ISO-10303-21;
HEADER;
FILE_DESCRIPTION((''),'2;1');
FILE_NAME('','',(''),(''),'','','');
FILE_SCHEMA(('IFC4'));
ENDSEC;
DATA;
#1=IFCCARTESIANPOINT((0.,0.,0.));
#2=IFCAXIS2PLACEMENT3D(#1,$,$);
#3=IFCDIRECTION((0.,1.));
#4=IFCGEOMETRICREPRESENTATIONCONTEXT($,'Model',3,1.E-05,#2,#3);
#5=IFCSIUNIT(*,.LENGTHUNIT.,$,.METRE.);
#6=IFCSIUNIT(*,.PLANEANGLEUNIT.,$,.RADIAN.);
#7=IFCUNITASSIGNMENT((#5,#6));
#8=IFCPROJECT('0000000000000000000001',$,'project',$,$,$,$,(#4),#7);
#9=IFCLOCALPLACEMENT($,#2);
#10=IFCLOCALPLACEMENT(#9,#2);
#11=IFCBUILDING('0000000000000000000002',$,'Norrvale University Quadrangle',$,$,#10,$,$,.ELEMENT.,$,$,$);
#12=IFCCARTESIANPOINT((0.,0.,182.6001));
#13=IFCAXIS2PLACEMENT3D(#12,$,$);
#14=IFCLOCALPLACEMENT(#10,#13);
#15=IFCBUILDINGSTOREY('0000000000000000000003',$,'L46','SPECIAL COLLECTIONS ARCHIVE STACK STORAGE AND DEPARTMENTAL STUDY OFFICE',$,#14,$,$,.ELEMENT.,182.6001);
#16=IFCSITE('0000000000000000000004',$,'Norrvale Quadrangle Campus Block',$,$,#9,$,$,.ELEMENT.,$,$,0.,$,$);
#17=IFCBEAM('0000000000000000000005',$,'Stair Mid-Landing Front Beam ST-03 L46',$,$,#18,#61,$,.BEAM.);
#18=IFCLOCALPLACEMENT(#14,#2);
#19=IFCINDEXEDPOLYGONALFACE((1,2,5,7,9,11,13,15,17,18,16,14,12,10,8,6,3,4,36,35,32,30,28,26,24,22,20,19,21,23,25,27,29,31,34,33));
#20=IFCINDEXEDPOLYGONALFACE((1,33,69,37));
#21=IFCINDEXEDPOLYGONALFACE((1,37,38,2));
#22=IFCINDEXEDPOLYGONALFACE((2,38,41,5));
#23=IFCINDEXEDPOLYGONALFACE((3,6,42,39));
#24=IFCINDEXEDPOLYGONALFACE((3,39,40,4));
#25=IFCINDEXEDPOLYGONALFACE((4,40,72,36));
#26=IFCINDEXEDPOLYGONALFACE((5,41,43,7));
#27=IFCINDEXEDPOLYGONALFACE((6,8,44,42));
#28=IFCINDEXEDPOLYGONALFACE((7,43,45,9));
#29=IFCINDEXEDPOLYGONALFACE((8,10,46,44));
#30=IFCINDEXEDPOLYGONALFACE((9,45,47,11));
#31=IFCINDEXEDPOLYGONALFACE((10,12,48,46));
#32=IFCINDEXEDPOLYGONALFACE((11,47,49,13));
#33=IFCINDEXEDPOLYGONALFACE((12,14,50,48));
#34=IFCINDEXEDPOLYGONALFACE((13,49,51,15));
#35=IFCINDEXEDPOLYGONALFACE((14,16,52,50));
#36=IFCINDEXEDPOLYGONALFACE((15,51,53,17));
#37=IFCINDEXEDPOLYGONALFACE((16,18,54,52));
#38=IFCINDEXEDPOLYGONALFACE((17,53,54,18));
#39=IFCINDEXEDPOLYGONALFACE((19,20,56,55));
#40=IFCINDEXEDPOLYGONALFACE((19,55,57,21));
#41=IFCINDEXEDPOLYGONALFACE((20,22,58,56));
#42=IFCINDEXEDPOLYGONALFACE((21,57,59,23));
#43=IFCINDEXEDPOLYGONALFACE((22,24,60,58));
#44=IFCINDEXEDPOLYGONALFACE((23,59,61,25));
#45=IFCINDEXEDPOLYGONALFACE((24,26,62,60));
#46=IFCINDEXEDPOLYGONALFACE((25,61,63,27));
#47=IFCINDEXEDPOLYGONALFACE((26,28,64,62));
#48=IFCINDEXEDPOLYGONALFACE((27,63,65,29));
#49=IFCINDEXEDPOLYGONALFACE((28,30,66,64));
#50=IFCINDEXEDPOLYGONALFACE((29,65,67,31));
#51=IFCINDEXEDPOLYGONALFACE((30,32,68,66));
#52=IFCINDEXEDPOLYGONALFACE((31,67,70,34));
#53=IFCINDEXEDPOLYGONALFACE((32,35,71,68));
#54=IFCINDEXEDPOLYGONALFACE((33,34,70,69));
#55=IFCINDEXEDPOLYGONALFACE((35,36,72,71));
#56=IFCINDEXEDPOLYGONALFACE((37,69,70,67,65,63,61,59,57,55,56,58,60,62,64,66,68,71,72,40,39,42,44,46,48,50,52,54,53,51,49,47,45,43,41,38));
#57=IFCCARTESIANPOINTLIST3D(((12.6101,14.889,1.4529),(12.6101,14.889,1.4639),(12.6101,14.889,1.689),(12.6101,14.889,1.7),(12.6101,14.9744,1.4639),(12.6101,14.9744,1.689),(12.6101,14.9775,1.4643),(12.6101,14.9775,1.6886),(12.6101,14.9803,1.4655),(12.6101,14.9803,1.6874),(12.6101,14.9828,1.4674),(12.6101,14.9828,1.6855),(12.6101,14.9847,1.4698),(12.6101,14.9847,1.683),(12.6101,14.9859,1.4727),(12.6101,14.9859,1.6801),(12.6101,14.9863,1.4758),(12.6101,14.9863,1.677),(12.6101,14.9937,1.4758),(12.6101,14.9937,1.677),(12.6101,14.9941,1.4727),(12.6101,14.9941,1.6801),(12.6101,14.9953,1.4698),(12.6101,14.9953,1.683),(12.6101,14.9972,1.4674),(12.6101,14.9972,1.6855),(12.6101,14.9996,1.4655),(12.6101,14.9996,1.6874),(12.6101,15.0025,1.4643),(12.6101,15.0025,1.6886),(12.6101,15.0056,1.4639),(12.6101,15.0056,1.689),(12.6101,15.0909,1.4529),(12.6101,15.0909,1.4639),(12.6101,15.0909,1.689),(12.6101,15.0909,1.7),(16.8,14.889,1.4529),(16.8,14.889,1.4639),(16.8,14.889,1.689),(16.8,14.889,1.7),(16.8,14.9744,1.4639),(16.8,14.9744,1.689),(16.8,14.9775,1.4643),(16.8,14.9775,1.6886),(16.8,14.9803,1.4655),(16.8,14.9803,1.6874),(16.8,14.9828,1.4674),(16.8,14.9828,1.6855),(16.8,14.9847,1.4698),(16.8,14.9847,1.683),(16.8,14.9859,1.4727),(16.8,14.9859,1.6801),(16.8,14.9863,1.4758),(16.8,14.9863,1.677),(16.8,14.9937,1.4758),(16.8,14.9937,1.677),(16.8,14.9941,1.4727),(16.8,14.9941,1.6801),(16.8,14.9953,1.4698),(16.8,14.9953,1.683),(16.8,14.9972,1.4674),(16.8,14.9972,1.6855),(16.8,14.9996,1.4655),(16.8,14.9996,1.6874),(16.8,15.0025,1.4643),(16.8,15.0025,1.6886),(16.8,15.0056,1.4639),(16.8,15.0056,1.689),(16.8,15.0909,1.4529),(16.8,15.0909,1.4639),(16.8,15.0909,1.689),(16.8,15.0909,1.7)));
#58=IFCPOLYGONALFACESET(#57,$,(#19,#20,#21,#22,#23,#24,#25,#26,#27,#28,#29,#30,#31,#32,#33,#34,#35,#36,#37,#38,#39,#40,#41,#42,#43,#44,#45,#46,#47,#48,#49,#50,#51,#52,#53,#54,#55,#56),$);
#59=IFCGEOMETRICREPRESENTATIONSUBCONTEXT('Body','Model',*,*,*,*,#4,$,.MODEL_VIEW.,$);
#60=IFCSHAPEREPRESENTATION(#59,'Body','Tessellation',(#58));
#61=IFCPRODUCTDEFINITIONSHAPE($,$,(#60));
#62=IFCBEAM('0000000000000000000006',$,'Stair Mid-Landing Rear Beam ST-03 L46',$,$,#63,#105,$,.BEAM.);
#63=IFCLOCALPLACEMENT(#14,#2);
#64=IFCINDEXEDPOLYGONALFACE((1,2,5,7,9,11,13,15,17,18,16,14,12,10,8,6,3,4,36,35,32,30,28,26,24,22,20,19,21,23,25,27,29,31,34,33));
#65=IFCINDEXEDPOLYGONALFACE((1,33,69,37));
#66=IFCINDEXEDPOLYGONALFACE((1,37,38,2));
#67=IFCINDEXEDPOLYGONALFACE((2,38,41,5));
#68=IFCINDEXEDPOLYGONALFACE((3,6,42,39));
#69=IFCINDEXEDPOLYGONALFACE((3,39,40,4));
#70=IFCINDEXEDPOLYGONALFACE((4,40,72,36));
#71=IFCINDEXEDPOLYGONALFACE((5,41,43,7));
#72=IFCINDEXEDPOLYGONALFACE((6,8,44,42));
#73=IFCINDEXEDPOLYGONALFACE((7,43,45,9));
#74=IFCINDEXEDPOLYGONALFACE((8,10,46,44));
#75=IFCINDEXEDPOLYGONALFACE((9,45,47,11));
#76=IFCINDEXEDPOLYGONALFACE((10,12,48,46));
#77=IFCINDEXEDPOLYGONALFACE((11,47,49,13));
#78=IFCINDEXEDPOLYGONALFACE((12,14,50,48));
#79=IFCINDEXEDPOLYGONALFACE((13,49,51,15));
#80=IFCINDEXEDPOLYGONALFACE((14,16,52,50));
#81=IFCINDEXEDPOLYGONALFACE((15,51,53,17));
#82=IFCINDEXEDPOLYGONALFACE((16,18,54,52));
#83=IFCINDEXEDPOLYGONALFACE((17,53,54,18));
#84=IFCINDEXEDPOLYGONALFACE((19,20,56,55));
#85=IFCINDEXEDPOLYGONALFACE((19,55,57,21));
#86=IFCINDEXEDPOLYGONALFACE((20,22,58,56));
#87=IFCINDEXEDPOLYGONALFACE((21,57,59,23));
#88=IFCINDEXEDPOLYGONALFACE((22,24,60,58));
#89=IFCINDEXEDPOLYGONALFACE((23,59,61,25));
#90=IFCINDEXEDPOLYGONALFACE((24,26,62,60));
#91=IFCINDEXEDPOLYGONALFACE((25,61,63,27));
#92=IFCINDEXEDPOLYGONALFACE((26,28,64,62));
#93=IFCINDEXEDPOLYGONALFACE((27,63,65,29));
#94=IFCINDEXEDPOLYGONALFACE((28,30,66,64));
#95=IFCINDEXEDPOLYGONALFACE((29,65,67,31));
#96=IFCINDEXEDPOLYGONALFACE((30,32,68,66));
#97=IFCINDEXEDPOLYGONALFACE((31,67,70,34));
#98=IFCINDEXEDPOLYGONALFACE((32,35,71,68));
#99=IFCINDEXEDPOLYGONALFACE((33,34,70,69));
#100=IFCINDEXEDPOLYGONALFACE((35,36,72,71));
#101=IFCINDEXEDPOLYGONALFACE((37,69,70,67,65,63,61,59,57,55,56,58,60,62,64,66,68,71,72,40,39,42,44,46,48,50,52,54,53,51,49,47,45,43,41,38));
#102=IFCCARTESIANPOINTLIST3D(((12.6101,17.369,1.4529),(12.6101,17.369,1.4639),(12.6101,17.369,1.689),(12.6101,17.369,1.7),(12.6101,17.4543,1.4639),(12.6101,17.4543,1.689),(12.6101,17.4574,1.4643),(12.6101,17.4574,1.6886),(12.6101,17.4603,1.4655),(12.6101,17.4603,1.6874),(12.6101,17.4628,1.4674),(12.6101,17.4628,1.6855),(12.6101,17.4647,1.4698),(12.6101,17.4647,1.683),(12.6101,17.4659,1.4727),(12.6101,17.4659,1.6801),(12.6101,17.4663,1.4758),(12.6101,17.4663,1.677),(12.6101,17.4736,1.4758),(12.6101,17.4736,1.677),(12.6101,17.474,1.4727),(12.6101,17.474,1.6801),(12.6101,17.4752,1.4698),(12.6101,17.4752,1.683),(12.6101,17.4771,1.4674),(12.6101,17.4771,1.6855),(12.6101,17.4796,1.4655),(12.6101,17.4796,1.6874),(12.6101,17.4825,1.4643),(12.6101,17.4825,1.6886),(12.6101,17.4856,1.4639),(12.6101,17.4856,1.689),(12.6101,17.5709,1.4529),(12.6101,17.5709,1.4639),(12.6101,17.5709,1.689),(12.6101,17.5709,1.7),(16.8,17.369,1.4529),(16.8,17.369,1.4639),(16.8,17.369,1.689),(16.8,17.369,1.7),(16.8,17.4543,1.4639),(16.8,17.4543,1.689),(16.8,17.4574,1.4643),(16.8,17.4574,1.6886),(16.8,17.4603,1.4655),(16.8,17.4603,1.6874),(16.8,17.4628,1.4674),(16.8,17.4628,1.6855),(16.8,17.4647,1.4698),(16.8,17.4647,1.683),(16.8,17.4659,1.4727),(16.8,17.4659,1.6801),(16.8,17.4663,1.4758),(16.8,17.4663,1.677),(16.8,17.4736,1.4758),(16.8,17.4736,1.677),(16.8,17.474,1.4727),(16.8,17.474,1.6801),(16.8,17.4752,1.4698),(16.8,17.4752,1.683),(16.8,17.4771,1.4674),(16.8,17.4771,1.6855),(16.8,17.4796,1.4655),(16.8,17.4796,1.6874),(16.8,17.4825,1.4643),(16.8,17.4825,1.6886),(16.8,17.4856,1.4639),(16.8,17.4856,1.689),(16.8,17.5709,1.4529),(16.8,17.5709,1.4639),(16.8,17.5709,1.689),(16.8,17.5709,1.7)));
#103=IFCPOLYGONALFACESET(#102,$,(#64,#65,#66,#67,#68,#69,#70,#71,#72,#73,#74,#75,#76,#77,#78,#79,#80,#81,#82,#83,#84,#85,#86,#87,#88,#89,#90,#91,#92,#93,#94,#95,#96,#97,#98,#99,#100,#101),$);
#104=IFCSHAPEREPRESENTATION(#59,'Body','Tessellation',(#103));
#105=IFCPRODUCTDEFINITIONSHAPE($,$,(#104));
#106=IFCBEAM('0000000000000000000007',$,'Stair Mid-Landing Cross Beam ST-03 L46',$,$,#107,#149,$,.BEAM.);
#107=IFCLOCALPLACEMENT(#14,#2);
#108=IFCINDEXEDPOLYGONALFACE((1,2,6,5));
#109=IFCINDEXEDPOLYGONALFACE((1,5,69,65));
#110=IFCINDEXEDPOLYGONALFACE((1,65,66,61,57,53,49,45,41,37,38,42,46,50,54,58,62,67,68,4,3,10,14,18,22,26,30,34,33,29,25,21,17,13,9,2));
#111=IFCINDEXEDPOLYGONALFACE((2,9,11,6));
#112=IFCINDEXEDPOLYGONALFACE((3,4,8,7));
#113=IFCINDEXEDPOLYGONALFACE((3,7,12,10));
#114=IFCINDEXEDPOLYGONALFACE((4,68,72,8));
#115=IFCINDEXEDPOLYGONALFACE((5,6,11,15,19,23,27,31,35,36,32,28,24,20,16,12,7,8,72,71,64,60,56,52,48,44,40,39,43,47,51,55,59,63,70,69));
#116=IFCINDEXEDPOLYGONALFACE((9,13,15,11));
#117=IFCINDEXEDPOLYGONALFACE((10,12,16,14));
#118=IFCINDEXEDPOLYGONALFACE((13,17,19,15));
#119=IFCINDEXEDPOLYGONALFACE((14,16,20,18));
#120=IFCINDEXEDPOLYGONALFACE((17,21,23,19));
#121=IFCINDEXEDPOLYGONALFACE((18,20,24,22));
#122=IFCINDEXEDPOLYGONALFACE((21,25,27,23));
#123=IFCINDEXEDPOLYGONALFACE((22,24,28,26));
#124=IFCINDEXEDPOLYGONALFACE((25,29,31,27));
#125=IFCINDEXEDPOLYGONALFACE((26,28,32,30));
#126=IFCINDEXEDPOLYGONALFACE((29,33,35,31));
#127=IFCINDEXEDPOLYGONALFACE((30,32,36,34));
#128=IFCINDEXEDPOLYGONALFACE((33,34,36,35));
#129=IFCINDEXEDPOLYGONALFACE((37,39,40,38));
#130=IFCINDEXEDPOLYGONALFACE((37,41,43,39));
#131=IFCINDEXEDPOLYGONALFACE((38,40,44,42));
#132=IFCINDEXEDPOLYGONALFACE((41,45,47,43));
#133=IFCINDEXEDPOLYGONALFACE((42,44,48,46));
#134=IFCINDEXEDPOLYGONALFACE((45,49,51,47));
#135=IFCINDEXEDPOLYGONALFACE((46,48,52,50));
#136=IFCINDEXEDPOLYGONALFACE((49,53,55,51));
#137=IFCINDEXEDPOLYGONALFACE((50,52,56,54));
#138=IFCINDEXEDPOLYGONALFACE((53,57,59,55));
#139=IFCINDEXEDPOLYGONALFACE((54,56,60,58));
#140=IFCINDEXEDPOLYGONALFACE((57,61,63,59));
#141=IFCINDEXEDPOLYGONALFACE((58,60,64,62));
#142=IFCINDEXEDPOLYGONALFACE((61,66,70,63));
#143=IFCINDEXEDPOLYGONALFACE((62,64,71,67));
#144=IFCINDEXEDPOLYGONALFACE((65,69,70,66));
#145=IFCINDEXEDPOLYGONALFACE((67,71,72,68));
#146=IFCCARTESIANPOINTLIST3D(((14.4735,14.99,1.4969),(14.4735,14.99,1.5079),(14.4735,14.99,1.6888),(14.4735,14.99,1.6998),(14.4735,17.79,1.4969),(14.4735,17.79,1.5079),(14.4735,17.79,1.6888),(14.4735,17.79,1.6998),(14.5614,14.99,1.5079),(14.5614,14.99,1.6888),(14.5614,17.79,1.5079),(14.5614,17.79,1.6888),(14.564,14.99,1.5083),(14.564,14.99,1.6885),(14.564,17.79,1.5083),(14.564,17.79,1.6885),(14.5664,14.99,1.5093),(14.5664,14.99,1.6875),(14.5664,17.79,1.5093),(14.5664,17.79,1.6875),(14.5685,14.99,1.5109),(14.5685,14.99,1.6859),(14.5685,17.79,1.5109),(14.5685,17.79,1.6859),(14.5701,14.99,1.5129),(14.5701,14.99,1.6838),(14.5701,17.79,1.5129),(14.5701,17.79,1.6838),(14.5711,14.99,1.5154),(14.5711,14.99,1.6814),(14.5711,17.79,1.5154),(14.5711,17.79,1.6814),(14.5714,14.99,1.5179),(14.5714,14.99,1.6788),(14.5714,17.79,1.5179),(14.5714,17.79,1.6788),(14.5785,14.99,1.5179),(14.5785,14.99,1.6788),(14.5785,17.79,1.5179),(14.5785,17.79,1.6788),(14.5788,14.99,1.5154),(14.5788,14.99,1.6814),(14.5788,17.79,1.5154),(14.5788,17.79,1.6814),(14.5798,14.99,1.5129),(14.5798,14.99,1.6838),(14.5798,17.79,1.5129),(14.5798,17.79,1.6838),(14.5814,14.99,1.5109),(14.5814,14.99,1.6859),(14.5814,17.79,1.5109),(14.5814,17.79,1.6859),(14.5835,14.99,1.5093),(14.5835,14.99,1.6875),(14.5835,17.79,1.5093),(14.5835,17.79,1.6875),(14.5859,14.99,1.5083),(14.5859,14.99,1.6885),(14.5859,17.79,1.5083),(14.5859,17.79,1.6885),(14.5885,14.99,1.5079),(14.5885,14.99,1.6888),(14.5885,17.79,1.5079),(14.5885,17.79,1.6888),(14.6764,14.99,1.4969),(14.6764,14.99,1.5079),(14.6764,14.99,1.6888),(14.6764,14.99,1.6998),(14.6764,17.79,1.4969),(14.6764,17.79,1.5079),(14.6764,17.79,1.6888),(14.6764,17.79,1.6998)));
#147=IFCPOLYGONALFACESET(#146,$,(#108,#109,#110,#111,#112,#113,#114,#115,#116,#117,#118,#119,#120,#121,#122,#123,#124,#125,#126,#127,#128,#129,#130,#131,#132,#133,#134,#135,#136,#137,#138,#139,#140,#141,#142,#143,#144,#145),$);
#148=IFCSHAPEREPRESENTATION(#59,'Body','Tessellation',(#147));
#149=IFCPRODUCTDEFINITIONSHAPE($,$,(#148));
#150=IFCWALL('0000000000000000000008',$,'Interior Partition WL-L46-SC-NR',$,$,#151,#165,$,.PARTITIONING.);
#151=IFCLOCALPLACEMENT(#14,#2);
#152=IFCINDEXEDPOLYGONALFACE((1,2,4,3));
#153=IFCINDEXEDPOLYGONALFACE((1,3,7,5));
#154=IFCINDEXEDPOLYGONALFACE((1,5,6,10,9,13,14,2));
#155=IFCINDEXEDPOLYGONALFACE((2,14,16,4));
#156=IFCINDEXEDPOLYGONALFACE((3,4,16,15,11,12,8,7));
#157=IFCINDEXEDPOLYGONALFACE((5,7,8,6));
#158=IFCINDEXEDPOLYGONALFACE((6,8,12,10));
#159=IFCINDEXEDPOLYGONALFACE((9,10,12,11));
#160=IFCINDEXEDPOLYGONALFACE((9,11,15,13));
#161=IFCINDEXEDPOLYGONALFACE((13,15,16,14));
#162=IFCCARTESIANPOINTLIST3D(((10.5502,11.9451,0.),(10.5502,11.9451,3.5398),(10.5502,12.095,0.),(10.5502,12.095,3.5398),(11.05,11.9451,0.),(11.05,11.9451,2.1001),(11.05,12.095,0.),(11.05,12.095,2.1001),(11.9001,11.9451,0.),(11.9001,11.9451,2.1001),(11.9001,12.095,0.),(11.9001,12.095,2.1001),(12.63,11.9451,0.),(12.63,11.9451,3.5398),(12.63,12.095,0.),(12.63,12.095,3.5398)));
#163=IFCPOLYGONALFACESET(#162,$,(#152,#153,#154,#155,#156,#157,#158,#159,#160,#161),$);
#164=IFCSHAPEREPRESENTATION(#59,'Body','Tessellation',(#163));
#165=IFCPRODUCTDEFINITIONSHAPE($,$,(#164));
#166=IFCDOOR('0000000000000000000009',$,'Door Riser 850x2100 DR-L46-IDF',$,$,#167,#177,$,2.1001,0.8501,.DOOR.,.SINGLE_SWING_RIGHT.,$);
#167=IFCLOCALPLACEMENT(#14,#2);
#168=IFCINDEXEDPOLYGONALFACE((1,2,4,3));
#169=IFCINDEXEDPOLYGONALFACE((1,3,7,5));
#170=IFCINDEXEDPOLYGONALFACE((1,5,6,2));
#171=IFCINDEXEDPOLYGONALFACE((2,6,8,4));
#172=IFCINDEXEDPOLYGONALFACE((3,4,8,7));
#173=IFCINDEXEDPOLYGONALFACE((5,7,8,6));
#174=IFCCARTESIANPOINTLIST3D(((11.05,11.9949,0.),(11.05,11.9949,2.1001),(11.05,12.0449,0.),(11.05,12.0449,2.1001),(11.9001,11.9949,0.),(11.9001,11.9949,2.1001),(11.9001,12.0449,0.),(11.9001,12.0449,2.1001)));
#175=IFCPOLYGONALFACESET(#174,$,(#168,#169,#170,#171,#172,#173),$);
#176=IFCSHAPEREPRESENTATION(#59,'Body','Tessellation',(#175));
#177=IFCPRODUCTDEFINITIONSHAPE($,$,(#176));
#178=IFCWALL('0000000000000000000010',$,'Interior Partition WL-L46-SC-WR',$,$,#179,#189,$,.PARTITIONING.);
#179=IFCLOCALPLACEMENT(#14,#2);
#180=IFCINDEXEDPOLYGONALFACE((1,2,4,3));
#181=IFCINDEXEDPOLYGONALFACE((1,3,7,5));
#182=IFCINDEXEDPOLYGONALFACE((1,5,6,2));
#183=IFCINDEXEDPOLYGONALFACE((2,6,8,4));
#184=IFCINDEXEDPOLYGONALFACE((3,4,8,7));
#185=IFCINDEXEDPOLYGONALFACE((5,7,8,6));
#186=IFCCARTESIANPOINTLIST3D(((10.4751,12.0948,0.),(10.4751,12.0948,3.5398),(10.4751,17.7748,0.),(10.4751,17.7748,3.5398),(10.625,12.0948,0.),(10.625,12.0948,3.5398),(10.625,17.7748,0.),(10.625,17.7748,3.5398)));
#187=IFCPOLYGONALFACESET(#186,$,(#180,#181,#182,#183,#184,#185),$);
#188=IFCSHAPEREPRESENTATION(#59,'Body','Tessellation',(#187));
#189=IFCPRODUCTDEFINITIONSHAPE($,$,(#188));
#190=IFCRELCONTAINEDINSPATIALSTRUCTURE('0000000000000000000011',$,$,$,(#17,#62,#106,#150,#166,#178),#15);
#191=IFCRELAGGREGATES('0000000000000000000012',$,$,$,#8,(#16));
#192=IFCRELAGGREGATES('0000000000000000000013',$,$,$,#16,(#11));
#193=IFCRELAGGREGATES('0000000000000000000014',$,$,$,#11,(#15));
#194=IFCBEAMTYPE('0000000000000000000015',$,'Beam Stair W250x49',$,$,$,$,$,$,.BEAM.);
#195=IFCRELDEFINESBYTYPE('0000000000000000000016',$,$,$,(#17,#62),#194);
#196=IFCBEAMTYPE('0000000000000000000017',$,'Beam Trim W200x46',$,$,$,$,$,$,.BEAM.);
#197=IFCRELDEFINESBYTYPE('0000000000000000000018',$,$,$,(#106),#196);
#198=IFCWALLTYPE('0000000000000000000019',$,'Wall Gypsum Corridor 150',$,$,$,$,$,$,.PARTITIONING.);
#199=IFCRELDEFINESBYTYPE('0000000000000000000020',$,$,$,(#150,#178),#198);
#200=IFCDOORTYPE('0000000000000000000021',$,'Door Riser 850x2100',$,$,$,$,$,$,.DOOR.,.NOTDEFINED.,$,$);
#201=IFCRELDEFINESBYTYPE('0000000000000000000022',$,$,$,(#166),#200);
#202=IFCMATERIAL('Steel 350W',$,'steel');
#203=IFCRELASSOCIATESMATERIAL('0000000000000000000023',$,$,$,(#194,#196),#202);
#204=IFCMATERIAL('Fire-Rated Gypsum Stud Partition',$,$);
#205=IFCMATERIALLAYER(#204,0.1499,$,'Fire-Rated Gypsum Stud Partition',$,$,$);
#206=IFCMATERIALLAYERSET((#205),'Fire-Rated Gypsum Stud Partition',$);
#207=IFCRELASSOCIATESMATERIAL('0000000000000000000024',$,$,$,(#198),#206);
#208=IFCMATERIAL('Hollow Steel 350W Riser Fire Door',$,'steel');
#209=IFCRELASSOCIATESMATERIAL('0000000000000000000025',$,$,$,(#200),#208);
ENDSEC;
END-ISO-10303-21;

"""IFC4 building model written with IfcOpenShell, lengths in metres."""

from ifc_helpers import new_model, si_unit, direction, frame, frame_2d, origin, origin_2d, place, context, subcontext, project, spatial, rectangle, i_section, extrude, material, layer, layer_set, material_profile, profile_set, type_object, element, fill, save


model = new_model("IFC4")

# Units and contexts
model_context = context("Model", 3, precision=1e-05, world=origin(), true_north=direction((0.0, 1.0)))
body_context = subcontext(model_context, "Body", "Model", "MODEL_VIEW")
ifc_project = project(units=[si_unit("LENGTHUNIT", "METRE"), si_unit("PLANEANGLEUNIT", "RADIAN")], contexts=[model_context])

# Site, building, storey
site_placement = place(None, origin())
site = spatial("IfcSite", under=ifc_project, at=site_placement, Name="Norrvale Quadrangle Campus Block", CompositionType="ELEMENT", RefElevation=0.0)
building_placement = place(site_placement, origin())
building = spatial("IfcBuilding", under=site, at=building_placement, Name="Norrvale University Quadrangle", CompositionType="ELEMENT")
storey_placement = place(building_placement, frame((0.0, 0.0, 182.6001)))
storey = spatial("IfcBuildingStorey", under=building, at=storey_placement, Name="L46", Description="SPECIAL COLLECTIONS ARCHIVE STACK STORAGE AND DEPARTMENTAL STUDY OFFICE", CompositionType="ELEMENT", Elevation=182.6001)

# Beams
ifc_material_1 = material(Name="Steel 350W", Category="steel")
ifc_material_profile_1 = material_profile(ifc_material_1, i_section(OverallWidth=0.2019, OverallDepth=0.2471, WebThickness=0.0073, FlangeThickness=0.011, FilletRadius=0.012, at=origin_2d()), Name="Steel 350W")
ifc_profile_set_1 = profile_set([ifc_material_profile_1], Name="Steel 350W")
beam_type_1 = type_object("IfcBeamType", Name="Beam Stair W250x49", PredefinedType="BEAM", material=ifc_profile_set_1)
for number, where, z_axis, x_axis, name in (
    (1, (12.6101, 14.99, 1.5764), (1.0, 0.0, 0.0), (0.0, 1.0, 0.0), "Stair Mid-Landing Front Beam ST-03 L46"),
    (2, (12.6101, 17.47, 1.5764), (1.0, 0.0, 0.0), (0.0, 1.0, 0.0), "Stair Mid-Landing Rear Beam ST-03 L46"),
):
    element("IfcBeam", number, at=place(storey_placement, frame(where, z_axis=z_axis, x_axis=x_axis)), inside=storey, type_object=beam_type_1, Name=name, PredefinedType="BEAM", context=body_context, shape_type="SweptSolid", body=[
        extrude(i_section(OverallWidth=0.2019, OverallDepth=0.2471, WebThickness=0.0073, FlangeThickness=0.011, FilletRadius=0.012, at=origin_2d()), origin(), (0.0, 0.0, 1.0), 4.1899),
    ])
ifc_material_profile_2 = material_profile(ifc_material_1, i_section(OverallWidth=0.2029, OverallDepth=0.2029, WebThickness=0.0071, FlangeThickness=0.011, FilletRadius=0.01, at=origin_2d()), Name="Steel 350W")
ifc_profile_set_2 = profile_set([ifc_material_profile_2], Name="Steel 350W")
beam_type_2 = type_object("IfcBeamType", Name="Beam Trim W200x46", PredefinedType="BEAM", material=ifc_profile_set_2)
beam_placement = place(storey_placement, frame((14.575, 14.99, 1.5984), z_axis=(0.0, 1.0, 0.0), x_axis=(-1.0, 0.0, 0.0)))
element("IfcBeam", 3, at=beam_placement, inside=storey, type_object=beam_type_2, Name="Stair Mid-Landing Cross Beam ST-03 L46", PredefinedType="BEAM", context=body_context, shape_type="SweptSolid", body=[
    extrude(i_section(OverallWidth=0.2029, OverallDepth=0.2029, WebThickness=0.0071, FlangeThickness=0.011, FilletRadius=0.01, at=origin_2d()), origin(), (0.0, 0.0, 1.0), 2.8),
])

# Wall, opening, door
ifc_material_2 = material(Name="Fire-Rated Gypsum Stud Partition")
ifc_layer_1 = layer(ifc_material_2, 0.1499, Name="Fire-Rated Gypsum Stud Partition")
ifc_layer_set_1 = layer_set([ifc_layer_1], Name="Fire-Rated Gypsum Stud Partition")
wall_type_1 = type_object("IfcWallType", Name="Wall Gypsum Corridor 150", PredefinedType="PARTITIONING", material=ifc_layer_set_1)
wall_1_placement = place(storey_placement, frame((10.55, 12.02, 0.0), z_axis=(0.0, 0.0, 1.0), x_axis=(1.0, 0.0, 0.0)))
wall_1 = element("IfcWall", 4, at=wall_1_placement, inside=storey, type_object=wall_type_1, Name="Interior Partition WL-L46-SC-NR", PredefinedType="PARTITIONING", context=body_context, shape_type="SweptSolid", body=[
    extrude(rectangle(XDim=2.0798, YDim=0.1499, at=frame_2d((1.04, 0.0))), origin(), (0.0, 0.0, 1.0), 3.5398),
])
opening_1_placement = place(wall_1_placement, frame((0.5, 0.0, 0.0)))
opening_1 = element("IfcOpeningElement", 5, at=opening_1_placement, cuts=wall_1, PredefinedType="OPENING", context=body_context, shape_type="SweptSolid", body=[
    extrude(rectangle(XDim=0.8501, YDim=2.1001, at=frame_2d((0.425, 1.05))), frame((0.0, 0.0869, 0.0), z_axis=(0.0, -1.0, 0.0), x_axis=(1.0, 0.0, 0.0)), (0.0, 0.0, 1.0), 0.1738),
])
ifc_material_3 = material(Name="Hollow Steel 350W Riser Fire Door", Category="steel")
door_type_1 = type_object("IfcDoorType", Name="Door Riser 850x2100", OperationType="NOTDEFINED", PredefinedType="DOOR", material=ifc_material_3)
door_1_placement = place(opening_1_placement, origin())
door_1 = element("IfcDoor", 6, at=door_1_placement, inside=storey, type_object=door_type_1, Name="Door Riser 850x2100 DR-L46-IDF", OperationType="SINGLE_SWING_RIGHT", OverallHeight=2.1001, OverallWidth=0.8501, PredefinedType="DOOR", context=body_context, shape_type="SweptSolid", body=[
    extrude(rectangle(XDim=0.8501, YDim=2.1001, at=frame_2d((0.425, 1.05))), frame((0.0, 0.0249, 0.0), z_axis=(0.0, -1.0, 0.0), x_axis=(1.0, 0.0, 0.0)), (0.0, 0.0, 1.0), 0.05),
])
fill(opening_1, door_1)

# Wall
wall_2_placement = place(storey_placement, frame((10.55, 12.095, 0.0), z_axis=(0.0, 0.0, 1.0), x_axis=(0.0, 1.0, 0.0)))
element("IfcWall", 7, at=wall_2_placement, inside=storey, type_object=wall_type_1, Name="Interior Partition WL-L46-SC-WR", PredefinedType="PARTITIONING", context=body_context, shape_type="SweptSolid", body=[
    extrude(rectangle(XDim=5.6799, YDim=0.1499, at=frame_2d((2.8398, 0.0))), origin(), (0.0, 0.0, 1.0), 3.5398),
])

save(model, "model.ifc")
